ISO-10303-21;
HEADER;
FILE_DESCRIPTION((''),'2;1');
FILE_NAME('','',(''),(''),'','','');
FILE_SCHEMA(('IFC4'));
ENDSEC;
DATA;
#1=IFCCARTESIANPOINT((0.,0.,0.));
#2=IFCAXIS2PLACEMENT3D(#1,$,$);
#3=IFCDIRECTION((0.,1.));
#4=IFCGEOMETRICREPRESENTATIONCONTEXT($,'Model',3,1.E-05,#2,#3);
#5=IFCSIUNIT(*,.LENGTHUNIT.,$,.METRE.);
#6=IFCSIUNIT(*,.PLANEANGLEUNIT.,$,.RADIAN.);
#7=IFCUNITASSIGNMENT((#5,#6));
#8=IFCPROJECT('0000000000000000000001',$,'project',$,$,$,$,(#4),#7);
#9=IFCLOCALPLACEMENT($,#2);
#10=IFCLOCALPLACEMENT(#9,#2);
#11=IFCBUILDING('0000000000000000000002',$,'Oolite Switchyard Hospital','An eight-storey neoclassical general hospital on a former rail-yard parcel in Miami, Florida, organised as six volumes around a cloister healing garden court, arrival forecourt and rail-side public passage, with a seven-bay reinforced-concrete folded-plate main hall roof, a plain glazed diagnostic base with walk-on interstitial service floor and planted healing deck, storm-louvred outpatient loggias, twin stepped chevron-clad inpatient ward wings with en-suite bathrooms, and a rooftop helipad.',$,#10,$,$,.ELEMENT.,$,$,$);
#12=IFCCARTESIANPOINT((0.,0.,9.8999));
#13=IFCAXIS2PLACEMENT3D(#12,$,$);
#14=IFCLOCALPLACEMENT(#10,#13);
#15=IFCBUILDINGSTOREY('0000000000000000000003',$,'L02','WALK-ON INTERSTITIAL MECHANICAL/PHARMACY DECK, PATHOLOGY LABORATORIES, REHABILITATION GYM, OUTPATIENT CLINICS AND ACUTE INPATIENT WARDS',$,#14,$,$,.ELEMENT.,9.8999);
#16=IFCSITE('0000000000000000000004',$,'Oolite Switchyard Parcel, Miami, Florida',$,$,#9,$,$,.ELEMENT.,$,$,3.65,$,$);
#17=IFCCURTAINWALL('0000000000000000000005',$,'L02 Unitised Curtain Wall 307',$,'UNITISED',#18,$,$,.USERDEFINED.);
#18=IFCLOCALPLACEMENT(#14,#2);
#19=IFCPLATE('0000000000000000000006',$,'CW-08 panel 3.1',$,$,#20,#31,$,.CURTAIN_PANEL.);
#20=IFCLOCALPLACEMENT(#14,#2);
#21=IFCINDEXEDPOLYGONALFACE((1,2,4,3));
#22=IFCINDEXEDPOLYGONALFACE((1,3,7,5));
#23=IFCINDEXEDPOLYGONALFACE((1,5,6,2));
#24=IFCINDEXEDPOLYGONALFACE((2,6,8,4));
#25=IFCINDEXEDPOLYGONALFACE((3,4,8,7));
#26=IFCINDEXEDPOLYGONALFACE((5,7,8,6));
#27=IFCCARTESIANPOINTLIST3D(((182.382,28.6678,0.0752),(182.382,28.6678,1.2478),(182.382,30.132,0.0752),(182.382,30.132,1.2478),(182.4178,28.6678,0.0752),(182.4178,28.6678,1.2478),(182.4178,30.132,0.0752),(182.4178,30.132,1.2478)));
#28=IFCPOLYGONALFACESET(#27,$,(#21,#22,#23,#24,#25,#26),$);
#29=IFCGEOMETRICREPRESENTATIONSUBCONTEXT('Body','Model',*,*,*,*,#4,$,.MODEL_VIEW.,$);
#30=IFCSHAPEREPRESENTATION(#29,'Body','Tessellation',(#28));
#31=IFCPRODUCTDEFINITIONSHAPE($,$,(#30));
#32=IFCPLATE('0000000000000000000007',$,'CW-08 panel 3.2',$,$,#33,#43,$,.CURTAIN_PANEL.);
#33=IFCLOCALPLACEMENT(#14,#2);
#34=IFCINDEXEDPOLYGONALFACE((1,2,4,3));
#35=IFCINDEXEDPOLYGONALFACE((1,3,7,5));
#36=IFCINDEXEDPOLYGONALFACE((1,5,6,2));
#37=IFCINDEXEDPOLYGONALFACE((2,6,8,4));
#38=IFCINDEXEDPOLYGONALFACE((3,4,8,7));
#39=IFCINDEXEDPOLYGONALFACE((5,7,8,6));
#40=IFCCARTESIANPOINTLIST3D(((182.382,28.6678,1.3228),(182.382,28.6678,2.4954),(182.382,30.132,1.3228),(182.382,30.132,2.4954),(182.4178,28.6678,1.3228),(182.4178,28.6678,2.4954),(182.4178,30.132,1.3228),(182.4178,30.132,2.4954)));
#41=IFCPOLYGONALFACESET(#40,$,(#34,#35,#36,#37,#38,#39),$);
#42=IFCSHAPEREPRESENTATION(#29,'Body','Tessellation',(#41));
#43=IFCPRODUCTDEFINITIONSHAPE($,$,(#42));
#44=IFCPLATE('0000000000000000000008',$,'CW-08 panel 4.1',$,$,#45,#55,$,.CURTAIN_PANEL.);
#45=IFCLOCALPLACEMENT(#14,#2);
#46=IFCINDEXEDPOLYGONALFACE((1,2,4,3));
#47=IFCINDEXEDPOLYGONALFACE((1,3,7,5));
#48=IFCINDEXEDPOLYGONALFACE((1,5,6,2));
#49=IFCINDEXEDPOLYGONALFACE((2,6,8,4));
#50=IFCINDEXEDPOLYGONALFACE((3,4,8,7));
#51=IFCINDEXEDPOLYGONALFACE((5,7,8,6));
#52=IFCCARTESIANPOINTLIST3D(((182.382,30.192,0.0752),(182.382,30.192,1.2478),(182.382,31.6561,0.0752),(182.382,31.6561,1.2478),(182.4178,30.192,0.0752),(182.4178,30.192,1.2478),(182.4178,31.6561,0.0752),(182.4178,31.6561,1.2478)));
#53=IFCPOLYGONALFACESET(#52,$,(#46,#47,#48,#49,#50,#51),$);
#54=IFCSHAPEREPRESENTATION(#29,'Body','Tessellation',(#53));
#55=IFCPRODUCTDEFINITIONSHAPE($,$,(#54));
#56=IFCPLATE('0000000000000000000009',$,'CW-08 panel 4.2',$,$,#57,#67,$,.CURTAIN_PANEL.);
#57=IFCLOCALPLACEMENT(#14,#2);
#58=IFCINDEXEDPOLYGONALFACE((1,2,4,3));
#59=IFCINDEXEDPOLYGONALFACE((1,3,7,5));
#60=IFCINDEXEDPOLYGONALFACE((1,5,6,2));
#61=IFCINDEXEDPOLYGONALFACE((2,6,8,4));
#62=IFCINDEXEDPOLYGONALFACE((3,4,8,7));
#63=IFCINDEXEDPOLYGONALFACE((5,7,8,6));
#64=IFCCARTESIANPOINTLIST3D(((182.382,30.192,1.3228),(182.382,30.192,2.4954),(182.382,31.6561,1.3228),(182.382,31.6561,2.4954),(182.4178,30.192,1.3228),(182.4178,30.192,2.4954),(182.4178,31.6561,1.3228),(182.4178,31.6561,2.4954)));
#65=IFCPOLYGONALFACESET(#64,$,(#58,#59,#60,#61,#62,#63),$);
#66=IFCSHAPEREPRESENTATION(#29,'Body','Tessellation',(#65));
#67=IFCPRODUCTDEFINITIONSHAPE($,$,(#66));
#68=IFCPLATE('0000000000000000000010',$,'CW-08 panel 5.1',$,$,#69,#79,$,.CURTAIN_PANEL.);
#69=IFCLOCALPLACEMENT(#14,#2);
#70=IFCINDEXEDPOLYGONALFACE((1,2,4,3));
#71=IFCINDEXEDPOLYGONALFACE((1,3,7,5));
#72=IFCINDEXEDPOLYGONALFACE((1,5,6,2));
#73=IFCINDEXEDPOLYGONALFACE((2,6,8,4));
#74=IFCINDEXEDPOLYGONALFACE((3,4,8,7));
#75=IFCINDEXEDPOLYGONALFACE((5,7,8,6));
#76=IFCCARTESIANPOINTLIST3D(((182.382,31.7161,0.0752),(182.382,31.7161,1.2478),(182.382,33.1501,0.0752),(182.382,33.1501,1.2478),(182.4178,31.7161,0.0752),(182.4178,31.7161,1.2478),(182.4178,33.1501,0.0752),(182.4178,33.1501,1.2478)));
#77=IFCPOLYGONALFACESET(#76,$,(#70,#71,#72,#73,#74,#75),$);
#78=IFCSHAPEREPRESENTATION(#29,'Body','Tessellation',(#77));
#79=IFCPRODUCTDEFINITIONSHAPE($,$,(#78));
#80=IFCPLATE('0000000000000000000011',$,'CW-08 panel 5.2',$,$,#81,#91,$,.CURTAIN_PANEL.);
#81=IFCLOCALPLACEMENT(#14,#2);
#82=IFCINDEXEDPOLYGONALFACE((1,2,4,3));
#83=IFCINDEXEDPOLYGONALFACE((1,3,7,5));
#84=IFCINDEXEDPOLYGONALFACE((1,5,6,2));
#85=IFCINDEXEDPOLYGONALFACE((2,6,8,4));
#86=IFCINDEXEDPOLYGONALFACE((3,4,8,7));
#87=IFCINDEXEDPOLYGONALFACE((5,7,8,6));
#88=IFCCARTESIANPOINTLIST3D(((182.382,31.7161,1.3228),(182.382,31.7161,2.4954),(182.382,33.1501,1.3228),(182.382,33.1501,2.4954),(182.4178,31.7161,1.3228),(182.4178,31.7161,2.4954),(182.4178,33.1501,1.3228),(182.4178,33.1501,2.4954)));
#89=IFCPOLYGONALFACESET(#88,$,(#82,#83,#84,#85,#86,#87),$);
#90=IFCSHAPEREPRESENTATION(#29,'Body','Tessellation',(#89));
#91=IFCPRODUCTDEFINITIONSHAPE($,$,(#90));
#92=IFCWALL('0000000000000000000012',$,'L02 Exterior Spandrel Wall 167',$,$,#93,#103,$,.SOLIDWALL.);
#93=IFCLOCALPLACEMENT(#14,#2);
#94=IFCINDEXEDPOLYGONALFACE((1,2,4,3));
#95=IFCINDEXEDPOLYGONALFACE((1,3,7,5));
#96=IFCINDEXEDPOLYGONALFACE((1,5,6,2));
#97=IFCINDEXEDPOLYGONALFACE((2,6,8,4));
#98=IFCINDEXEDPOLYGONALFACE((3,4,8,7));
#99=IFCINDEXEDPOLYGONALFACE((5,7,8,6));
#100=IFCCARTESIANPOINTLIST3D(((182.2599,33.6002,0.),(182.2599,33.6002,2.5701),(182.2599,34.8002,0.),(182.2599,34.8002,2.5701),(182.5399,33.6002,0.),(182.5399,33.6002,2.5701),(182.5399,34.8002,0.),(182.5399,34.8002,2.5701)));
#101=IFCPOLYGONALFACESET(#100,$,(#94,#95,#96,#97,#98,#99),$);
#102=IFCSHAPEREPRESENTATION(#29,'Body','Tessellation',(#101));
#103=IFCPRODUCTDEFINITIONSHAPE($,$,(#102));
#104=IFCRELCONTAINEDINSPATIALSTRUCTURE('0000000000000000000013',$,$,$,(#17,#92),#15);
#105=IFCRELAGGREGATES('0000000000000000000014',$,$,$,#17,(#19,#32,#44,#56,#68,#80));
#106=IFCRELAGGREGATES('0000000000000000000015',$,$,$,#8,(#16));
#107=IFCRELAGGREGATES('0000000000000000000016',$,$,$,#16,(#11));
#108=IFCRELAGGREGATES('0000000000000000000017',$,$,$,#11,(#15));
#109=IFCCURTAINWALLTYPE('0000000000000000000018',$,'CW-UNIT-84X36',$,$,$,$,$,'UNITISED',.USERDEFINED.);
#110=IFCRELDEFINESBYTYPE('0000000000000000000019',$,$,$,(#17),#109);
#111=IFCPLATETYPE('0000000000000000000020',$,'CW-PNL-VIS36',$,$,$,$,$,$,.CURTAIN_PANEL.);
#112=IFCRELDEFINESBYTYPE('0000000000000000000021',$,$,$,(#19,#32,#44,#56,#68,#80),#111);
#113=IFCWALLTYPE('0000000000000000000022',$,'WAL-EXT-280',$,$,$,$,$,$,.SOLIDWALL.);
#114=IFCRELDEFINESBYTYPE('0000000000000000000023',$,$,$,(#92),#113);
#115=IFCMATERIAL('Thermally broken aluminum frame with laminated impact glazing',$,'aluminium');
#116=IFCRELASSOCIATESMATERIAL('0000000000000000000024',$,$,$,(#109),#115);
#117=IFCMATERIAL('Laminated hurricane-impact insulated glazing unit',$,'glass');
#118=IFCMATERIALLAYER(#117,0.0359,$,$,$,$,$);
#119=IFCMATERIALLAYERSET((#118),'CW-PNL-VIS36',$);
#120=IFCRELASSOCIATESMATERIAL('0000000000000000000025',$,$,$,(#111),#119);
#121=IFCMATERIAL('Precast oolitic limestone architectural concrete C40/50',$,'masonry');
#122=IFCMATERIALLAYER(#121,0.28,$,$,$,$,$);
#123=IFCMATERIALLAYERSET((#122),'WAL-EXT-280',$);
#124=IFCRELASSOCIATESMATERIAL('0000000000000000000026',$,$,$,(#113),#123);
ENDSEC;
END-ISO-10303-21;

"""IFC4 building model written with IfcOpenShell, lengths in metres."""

from ifc_helpers import new_model, si_unit, direction, frame, frame_2d, origin, origin_2d, place, context, subcontext, project, spatial, rectangle, extrude, material, layer, layer_set, type_object, element, aggregate, save


model = new_model("IFC4")

# Units and contexts
model_context = context("Model", 3, precision=1e-05, world=origin(), true_north=direction((0.0, 1.0)))
body_context = subcontext(model_context, "Body", "Model", "MODEL_VIEW")
ifc_project = project(units=[si_unit("LENGTHUNIT", "METRE"), si_unit("PLANEANGLEUNIT", "RADIAN")], contexts=[model_context])

# Site, building, storey
site_placement = place(None, origin())
site = spatial("IfcSite", under=ifc_project, at=site_placement, Name="Oolite Switchyard Parcel, Miami, Florida", CompositionType="ELEMENT", RefElevation=3.65)
building_placement = place(site_placement, origin())
building = spatial("IfcBuilding", under=site, at=building_placement, Name="Oolite Switchyard Hospital", Description="An eight-storey neoclassical general hospital on a former rail-yard parcel in Miami, Florida, organised as six volumes around a cloister healing garden court, arrival forecourt and rail-side public passage, with a seven-bay reinforced-concrete folded-plate main hall roof, a plain glazed diagnostic base with walk-on interstitial service floor and planted healing deck, storm-louvred outpatient loggias, twin stepped chevron-clad inpatient ward wings with en-suite bathrooms, and a rooftop helipad.", CompositionType="ELEMENT")
storey_placement = place(building_placement, frame((0.0, 0.0, 9.8999)))
storey = spatial("IfcBuildingStorey", under=building, at=storey_placement, Name="L02", Description="WALK-ON INTERSTITIAL MECHANICAL/PHARMACY DECK, PATHOLOGY LABORATORIES, REHABILITATION GYM, OUTPATIENT CLINICS AND ACUTE INPATIENT WARDS", CompositionType="ELEMENT", Elevation=9.8999)

# Curtain wall, plates
ifc_material_1 = material(Name="Thermally broken aluminum frame with laminated impact glazing", Category="aluminium")
curtain_wall_type = type_object("IfcCurtainWallType", Name="CW-UNIT-84X36", ElementType="UNITISED", PredefinedType="USERDEFINED", material=ifc_material_1)
curtain_wall_placement = place(storey_placement, origin())
curtain_wall = element("IfcCurtainWall", 1, at=curtain_wall_placement, inside=storey, type_object=curtain_wall_type, Name="L02 Unitised Curtain Wall 307", ObjectType="UNITISED", PredefinedType="USERDEFINED")
ifc_material_2 = material(Name="Laminated hurricane-impact insulated glazing unit", Category="glass")
ifc_layer_1 = layer(ifc_material_2, 0.0359)
ifc_layer_set_1 = layer_set([ifc_layer_1], Name="CW-PNL-VIS36")
plate_type = type_object("IfcPlateType", Name="CW-PNL-VIS36", PredefinedType="CURTAIN_PANEL", material=ifc_layer_set_1)
plate_1_placement = place(storey_placement, frame((182.3999, 29.3999, 0.0752), z_axis=(0.0, 0.0, 1.0), x_axis=(0.0, 1.0, 0.0)))
plate_1 = element("IfcPlate", 2, at=plate_1_placement, type_object=plate_type, Name="CW-08 panel 3.1", PredefinedType="CURTAIN_PANEL", context=body_context, shape_type="SweptSolid", body=[
    extrude(rectangle(XDim=1.4641, YDim=0.0359, at=origin_2d()), origin(), (0.0, 0.0, 1.0), 1.1726),
])
plate_2_placement = place(storey_placement, frame((182.3999, 29.3999, 1.3228), z_axis=(0.0, 0.0, 1.0), x_axis=(0.0, 1.0, 0.0)))
plate_2 = element("IfcPlate", 3, at=plate_2_placement, type_object=plate_type, Name="CW-08 panel 3.2", PredefinedType="CURTAIN_PANEL", context=body_context, shape_type="SweptSolid", body=[
    extrude(rectangle(XDim=1.4641, YDim=0.0359, at=origin_2d()), origin(), (0.0, 0.0, 1.0), 1.1726),
])
plate_3_placement = place(storey_placement, frame((182.3999, 30.9241, 0.0752), z_axis=(0.0, 0.0, 1.0), x_axis=(0.0, 1.0, 0.0)))
plate_3 = element("IfcPlate", 4, at=plate_3_placement, type_object=plate_type, Name="CW-08 panel 4.1", PredefinedType="CURTAIN_PANEL", context=body_context, shape_type="SweptSolid", body=[
    extrude(rectangle(XDim=1.4641, YDim=0.0359, at=origin_2d()), origin(), (0.0, 0.0, 1.0), 1.1726),
])
plate_4_placement = place(storey_placement, frame((182.3999, 30.9241, 1.3228), z_axis=(0.0, 0.0, 1.0), x_axis=(0.0, 1.0, 0.0)))
plate_4 = element("IfcPlate", 5, at=plate_4_placement, type_object=plate_type, Name="CW-08 panel 4.2", PredefinedType="CURTAIN_PANEL", context=body_context, shape_type="SweptSolid", body=[
    extrude(rectangle(XDim=1.4641, YDim=0.0359, at=origin_2d()), origin(), (0.0, 0.0, 1.0), 1.1726),
])
plate_5_placement = place(storey_placement, frame((182.3999, 32.4331, 0.0752), z_axis=(0.0, 0.0, 1.0), x_axis=(0.0, 1.0, 0.0)))
plate_5 = element("IfcPlate", 6, at=plate_5_placement, type_object=plate_type, Name="CW-08 panel 5.1", PredefinedType="CURTAIN_PANEL", context=body_context, shape_type="SweptSolid", body=[
    extrude(rectangle(XDim=1.4341, YDim=0.0359, at=origin_2d()), origin(), (0.0, 0.0, 1.0), 1.1726),
])
plate_6_placement = place(storey_placement, frame((182.3999, 32.4331, 1.3228), z_axis=(0.0, 0.0, 1.0), x_axis=(0.0, 1.0, 0.0)))
plate_6 = element("IfcPlate", 7, at=plate_6_placement, type_object=plate_type, Name="CW-08 panel 5.2", PredefinedType="CURTAIN_PANEL", context=body_context, shape_type="SweptSolid", body=[
    extrude(rectangle(XDim=1.4341, YDim=0.0359, at=origin_2d()), origin(), (0.0, 0.0, 1.0), 1.1726),
])
aggregate(curtain_wall, [plate_1, plate_2, plate_3, plate_4, plate_5, plate_6])

# Wall
ifc_material_3 = material(Name="Precast oolitic limestone architectural concrete C40/50", Category="masonry")
ifc_layer_2 = layer(ifc_material_3, 0.28)
ifc_layer_set_2 = layer_set([ifc_layer_2], Name="WAL-EXT-280")
wall_type = type_object("IfcWallType", Name="WAL-EXT-280", PredefinedType="SOLIDWALL", material=ifc_layer_set_2)
wall_placement = place(storey_placement, frame((182.3999, 33.6001, 0.0), z_axis=(0.0, 0.0, 1.0), x_axis=(0.0, 1.0, 0.0)))
element("IfcWall", 8, at=wall_placement, inside=storey, type_object=wall_type, Name="L02 Exterior Spandrel Wall 167", PredefinedType="SOLIDWALL", context=body_context, shape_type="SweptSolid", body=[
    extrude(rectangle(XDim=1.2, YDim=0.28, at=frame_2d((0.6001, 0.0))), origin(), (0.0, 0.0, 1.0), 2.5701),
])

save(model, "model.ifc")
